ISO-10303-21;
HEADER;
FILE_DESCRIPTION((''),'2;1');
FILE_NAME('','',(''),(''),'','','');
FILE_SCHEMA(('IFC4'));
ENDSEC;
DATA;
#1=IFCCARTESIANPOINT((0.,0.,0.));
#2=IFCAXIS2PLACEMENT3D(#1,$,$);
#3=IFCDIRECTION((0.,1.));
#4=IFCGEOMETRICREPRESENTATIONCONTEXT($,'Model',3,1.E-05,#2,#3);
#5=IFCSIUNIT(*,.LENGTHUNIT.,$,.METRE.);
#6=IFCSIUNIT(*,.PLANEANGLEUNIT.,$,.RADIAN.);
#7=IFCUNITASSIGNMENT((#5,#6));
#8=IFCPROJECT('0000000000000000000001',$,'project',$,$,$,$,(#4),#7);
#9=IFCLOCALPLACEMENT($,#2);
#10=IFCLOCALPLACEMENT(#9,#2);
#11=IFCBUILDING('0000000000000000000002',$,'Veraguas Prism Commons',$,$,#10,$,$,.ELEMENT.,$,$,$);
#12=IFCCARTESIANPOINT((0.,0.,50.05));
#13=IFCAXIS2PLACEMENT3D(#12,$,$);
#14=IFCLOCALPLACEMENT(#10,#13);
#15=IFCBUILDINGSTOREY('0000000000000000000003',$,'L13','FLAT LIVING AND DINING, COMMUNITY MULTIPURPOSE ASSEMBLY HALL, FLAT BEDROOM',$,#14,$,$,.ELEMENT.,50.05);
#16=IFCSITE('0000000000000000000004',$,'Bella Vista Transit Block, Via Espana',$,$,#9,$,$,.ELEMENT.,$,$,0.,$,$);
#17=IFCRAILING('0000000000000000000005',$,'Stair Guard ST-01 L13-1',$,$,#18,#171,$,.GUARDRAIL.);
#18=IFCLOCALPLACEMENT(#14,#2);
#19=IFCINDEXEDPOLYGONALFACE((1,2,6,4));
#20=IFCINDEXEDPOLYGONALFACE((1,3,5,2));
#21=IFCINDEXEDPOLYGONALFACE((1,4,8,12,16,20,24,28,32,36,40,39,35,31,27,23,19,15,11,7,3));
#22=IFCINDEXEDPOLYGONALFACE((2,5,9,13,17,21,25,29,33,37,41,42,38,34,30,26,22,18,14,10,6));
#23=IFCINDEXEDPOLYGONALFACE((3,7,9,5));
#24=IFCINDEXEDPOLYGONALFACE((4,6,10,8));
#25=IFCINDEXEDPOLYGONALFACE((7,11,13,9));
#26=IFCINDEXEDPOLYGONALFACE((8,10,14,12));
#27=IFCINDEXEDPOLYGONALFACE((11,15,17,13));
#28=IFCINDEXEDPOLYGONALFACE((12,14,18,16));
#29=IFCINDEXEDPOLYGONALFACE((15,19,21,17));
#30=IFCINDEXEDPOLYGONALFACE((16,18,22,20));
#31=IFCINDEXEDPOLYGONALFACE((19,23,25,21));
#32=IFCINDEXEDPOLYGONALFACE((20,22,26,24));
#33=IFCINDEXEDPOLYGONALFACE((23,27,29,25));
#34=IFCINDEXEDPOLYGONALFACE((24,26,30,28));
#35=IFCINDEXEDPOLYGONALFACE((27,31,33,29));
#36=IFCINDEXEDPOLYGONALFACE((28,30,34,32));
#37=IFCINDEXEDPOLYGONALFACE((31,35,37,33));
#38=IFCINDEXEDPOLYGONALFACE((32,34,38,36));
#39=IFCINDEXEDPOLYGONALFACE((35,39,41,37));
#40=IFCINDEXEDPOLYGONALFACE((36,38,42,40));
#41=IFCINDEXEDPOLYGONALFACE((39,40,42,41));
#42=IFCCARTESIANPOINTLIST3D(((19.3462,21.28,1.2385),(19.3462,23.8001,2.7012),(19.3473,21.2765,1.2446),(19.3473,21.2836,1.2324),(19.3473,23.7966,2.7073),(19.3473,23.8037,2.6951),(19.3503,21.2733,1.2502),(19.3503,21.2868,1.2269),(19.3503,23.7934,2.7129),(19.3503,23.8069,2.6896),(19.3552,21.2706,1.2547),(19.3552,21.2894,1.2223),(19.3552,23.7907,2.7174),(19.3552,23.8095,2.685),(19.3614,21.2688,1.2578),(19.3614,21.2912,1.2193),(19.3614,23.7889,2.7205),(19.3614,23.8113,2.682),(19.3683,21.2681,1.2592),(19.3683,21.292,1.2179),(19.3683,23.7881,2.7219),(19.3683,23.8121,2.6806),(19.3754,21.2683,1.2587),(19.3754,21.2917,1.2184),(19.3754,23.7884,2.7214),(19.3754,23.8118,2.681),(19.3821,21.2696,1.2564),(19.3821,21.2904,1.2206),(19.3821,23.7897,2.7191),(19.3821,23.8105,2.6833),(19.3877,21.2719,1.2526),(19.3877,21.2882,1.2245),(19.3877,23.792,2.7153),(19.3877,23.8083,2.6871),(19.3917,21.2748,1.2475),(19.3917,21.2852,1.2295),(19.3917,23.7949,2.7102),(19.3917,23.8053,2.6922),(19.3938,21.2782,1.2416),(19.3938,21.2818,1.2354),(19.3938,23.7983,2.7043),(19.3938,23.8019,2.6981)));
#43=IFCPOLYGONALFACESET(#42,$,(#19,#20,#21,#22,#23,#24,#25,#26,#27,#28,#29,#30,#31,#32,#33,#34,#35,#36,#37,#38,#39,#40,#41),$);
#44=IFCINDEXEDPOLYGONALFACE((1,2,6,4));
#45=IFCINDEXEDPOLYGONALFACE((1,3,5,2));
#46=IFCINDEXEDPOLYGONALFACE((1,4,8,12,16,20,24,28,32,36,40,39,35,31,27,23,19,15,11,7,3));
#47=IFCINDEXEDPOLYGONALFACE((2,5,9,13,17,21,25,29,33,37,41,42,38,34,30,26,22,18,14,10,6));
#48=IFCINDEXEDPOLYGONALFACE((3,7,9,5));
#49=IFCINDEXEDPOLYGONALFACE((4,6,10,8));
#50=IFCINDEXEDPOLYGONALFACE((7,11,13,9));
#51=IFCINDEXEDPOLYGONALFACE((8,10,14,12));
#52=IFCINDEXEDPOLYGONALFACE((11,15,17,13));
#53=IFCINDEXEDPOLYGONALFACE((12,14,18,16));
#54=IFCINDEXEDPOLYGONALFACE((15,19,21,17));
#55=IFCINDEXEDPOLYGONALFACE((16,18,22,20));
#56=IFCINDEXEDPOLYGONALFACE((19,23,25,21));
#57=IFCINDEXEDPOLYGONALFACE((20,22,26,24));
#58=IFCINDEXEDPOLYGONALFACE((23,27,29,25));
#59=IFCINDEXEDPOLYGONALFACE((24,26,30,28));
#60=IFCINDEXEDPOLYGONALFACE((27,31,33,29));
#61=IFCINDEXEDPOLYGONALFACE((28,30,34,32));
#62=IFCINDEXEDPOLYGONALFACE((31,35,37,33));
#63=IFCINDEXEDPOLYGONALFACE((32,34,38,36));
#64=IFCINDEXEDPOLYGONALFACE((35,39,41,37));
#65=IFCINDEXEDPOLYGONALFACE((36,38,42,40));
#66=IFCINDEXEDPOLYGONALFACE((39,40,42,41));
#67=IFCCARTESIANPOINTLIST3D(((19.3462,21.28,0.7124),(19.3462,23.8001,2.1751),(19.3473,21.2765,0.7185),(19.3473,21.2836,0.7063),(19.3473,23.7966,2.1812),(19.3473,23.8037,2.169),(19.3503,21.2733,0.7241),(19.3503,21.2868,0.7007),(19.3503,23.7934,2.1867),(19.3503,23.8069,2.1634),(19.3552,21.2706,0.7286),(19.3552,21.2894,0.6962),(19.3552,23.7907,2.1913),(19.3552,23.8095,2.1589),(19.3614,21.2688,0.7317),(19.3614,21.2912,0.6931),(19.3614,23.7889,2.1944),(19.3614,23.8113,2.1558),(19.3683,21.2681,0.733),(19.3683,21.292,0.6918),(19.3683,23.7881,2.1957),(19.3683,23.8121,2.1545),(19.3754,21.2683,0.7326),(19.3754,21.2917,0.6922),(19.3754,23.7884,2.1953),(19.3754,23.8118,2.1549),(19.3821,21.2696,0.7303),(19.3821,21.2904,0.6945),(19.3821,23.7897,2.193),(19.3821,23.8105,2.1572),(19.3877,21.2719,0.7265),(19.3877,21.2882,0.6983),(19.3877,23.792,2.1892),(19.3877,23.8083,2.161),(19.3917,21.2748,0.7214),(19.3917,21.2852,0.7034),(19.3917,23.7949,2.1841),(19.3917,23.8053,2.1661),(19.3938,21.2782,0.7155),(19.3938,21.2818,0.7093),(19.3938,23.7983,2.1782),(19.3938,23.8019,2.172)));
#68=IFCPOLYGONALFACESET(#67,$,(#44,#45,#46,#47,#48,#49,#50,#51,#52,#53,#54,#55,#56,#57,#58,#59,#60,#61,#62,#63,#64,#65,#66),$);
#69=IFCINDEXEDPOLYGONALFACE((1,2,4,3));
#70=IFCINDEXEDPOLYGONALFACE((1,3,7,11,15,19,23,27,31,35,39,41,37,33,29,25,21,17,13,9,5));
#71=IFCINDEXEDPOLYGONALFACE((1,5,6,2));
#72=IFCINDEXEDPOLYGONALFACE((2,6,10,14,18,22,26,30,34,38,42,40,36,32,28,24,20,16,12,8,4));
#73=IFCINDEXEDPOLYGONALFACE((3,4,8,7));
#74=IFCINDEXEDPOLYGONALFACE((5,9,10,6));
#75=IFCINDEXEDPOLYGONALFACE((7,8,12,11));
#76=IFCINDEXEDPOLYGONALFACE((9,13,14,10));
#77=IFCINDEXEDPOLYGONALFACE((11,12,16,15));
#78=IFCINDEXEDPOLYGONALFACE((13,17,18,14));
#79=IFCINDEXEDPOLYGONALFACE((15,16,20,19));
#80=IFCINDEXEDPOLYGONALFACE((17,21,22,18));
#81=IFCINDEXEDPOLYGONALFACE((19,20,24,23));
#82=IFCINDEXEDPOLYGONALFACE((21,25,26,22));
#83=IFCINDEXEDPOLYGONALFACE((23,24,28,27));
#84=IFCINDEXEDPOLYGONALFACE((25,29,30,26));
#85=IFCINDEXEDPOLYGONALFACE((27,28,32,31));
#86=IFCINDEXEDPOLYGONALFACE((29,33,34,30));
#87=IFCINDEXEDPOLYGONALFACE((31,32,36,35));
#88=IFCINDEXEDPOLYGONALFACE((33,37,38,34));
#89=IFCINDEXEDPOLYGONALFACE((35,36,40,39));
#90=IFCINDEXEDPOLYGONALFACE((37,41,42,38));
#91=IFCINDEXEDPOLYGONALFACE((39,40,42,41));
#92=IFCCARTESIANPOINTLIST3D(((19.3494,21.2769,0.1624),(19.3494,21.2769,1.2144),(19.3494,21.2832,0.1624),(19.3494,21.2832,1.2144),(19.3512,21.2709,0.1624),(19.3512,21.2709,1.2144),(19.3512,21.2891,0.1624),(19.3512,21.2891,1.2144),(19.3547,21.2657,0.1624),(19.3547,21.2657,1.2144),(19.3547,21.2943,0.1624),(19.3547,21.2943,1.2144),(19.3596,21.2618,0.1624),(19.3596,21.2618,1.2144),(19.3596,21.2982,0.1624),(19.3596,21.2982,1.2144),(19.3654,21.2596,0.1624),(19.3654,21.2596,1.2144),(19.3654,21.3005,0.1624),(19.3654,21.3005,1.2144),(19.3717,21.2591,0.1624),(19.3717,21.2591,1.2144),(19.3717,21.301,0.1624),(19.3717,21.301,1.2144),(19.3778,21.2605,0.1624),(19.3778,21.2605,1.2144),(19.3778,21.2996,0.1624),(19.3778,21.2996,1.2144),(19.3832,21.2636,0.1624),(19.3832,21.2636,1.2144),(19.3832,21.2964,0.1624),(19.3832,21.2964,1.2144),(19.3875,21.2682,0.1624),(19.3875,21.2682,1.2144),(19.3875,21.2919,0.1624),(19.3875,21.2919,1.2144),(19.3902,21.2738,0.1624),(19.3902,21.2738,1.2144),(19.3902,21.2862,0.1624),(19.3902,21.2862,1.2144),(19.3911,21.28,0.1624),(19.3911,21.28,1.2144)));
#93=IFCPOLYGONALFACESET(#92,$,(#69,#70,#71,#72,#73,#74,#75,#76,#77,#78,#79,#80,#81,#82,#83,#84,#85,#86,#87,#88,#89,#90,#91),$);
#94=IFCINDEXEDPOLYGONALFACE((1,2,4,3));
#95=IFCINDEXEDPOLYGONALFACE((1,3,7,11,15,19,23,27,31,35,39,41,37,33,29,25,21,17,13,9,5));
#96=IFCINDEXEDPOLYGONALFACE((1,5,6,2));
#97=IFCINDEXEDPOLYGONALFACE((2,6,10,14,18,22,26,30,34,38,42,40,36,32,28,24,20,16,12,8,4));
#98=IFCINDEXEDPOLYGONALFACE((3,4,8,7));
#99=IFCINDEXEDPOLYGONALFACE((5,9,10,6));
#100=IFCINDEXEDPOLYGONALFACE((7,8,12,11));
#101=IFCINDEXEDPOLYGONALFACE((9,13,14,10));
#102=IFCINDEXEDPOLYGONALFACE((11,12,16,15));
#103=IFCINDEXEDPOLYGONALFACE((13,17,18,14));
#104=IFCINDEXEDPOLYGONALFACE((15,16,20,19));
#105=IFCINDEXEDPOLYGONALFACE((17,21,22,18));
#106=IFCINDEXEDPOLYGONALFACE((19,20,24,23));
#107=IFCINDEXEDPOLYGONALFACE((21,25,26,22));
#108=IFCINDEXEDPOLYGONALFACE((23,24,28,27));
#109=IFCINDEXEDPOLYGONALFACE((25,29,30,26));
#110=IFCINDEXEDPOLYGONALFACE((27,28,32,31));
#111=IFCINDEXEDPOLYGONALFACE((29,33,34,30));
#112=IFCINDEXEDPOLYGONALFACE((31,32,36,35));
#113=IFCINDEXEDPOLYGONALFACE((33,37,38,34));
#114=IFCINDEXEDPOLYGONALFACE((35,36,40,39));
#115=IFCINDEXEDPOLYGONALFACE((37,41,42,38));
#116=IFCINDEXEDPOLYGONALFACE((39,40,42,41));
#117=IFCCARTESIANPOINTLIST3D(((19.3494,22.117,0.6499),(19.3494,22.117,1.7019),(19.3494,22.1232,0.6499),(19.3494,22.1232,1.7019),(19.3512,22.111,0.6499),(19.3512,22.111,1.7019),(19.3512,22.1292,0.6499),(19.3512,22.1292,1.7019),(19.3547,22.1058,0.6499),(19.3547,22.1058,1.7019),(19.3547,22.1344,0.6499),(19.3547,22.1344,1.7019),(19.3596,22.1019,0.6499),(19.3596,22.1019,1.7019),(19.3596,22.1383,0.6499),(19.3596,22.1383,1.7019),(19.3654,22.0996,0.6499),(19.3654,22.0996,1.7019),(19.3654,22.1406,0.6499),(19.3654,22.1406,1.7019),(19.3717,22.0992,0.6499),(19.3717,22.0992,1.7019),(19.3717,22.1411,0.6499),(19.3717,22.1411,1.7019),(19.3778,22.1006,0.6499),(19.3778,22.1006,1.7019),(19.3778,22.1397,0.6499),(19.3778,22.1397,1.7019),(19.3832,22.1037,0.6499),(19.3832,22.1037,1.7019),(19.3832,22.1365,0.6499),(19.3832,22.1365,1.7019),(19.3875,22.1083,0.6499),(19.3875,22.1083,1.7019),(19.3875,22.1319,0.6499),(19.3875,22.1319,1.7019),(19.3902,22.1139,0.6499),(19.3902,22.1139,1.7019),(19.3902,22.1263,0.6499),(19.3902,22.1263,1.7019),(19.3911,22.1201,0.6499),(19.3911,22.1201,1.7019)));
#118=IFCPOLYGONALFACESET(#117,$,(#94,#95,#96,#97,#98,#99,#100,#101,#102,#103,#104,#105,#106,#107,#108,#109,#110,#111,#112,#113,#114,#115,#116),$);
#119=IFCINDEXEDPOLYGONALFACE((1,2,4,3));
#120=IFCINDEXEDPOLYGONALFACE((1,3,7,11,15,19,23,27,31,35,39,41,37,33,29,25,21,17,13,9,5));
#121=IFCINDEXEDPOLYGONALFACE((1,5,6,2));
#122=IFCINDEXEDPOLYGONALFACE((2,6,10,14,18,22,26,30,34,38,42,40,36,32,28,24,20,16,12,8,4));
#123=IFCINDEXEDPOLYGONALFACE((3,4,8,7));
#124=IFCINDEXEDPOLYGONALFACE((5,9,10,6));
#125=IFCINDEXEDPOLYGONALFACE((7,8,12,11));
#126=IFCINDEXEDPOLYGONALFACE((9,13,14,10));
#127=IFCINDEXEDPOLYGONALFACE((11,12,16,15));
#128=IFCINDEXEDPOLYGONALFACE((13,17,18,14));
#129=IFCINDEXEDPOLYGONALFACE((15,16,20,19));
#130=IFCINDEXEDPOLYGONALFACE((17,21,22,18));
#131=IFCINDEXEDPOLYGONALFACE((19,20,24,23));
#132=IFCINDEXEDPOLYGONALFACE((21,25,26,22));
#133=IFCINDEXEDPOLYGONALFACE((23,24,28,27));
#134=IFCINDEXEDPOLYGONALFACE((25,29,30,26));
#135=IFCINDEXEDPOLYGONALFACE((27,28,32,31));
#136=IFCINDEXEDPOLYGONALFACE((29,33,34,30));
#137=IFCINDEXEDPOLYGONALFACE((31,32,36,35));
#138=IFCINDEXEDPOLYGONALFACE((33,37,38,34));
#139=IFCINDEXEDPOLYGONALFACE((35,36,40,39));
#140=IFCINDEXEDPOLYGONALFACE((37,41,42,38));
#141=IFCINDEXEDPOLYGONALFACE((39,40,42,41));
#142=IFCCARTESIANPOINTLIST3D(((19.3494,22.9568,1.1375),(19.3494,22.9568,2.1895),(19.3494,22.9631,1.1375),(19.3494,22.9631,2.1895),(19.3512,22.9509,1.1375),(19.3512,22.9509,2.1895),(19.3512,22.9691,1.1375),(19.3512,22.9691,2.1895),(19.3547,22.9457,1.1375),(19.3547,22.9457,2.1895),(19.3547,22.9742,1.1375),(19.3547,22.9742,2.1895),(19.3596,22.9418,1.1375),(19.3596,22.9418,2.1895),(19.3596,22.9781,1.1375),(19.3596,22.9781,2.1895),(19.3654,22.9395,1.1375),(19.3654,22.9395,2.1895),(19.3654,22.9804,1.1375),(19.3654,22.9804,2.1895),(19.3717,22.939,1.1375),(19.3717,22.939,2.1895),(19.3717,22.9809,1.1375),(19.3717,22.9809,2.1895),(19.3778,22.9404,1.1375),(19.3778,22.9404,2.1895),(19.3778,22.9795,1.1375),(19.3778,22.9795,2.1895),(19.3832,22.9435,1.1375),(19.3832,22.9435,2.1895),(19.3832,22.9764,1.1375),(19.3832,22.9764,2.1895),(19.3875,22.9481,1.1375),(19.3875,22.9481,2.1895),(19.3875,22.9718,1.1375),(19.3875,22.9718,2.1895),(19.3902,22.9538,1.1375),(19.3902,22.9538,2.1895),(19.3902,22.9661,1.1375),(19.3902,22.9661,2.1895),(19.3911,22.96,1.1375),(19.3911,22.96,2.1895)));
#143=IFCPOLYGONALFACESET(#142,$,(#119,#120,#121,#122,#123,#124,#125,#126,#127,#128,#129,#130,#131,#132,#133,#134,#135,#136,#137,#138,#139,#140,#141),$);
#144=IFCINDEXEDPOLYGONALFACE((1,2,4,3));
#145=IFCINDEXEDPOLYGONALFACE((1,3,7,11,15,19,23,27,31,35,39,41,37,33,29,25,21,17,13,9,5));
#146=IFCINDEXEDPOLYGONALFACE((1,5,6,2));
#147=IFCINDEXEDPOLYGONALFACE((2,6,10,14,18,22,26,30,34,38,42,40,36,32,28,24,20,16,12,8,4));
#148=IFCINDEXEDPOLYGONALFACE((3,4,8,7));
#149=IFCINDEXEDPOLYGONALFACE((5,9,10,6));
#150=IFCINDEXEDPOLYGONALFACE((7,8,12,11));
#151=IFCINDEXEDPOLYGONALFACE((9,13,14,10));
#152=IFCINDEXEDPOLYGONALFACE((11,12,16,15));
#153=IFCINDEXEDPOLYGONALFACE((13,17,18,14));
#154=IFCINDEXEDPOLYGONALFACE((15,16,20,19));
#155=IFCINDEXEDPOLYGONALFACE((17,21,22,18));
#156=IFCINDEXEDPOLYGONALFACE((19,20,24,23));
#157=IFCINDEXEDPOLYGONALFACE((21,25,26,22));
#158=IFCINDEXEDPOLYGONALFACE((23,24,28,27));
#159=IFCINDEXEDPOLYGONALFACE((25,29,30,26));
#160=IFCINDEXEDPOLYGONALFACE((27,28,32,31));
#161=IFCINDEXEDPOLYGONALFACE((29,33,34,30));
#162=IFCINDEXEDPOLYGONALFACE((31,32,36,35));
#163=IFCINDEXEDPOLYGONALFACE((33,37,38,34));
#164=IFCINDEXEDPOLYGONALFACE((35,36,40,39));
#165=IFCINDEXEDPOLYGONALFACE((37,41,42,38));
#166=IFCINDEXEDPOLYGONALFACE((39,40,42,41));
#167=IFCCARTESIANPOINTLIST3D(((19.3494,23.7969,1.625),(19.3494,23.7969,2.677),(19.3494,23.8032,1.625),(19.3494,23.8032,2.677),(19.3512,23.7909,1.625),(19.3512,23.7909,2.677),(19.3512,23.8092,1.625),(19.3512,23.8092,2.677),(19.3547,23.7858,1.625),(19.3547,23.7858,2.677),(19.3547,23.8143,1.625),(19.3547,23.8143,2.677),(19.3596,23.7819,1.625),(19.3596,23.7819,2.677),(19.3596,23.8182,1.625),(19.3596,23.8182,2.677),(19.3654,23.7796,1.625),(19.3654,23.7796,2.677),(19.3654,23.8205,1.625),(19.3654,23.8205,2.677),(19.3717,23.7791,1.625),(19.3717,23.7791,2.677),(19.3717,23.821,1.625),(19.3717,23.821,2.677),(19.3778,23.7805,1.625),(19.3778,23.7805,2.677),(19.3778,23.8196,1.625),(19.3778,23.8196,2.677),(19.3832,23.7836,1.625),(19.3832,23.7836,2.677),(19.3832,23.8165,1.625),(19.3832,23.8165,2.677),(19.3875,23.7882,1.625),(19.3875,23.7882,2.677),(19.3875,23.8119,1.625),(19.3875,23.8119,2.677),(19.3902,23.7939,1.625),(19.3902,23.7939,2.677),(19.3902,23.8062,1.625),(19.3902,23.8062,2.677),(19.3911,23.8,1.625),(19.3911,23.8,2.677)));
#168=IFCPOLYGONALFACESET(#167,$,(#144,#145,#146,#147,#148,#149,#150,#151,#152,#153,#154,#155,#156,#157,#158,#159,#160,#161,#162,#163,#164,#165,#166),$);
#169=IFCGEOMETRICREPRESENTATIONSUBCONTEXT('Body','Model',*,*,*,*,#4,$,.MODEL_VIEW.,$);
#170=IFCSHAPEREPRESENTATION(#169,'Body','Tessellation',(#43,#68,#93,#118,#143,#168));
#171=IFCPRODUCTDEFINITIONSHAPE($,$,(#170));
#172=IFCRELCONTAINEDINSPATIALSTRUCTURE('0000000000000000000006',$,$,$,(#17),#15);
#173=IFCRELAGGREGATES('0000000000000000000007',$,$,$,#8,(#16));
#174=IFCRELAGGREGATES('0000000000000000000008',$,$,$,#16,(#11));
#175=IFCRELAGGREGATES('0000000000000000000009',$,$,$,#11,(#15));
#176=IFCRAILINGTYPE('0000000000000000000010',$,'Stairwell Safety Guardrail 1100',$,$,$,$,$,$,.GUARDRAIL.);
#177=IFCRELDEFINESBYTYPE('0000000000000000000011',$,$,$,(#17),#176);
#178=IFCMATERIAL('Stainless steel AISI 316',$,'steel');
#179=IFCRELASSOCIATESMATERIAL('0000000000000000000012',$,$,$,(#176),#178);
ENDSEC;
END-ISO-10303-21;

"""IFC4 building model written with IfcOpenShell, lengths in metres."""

from ifc_helpers import new_model, si_unit, direction, frame, origin, origin_2d, place, context, subcontext, project, spatial, circle, extrude, material, type_object, element, save


model = new_model("IFC4")

# Units and contexts
model_context = context("Model", 3, precision=1e-05, world=origin(), true_north=direction((0.0, 1.0)))
body_context = subcontext(model_context, "Body", "Model", "MODEL_VIEW")
ifc_project = project(units=[si_unit("LENGTHUNIT", "METRE"), si_unit("PLANEANGLEUNIT", "RADIAN")], contexts=[model_context])

# Site, building, storey
site_placement = place(None, origin())
site = spatial("IfcSite", under=ifc_project, at=site_placement, Name="Bella Vista Transit Block, Via Espana", CompositionType="ELEMENT", RefElevation=0.0)
building_placement = place(site_placement, origin())
building = spatial("IfcBuilding", under=site, at=building_placement, Name="Veraguas Prism Commons", CompositionType="ELEMENT")
storey_placement = place(building_placement, frame((0.0, 0.0, 50.05)))
storey = spatial("IfcBuildingStorey", under=building, at=storey_placement, Name="L13", Description="FLAT LIVING AND DINING, COMMUNITY MULTIPURPOSE ASSEMBLY HALL, FLAT BEDROOM", CompositionType="ELEMENT", Elevation=50.05)

# Railing
ifc_material_1 = material(Name="Stainless steel AISI 316", Category="steel")
railing_type_1 = type_object("IfcRailingType", Name="Stairwell Safety Guardrail 1100", PredefinedType="GUARDRAIL", material=ifc_material_1)
railing_1_placement = place(storey_placement, frame((19.3701, 21.28, 0.1624)))
element("IfcRailing", 1, at=railing_1_placement, inside=storey, type_object=railing_type_1, Name="Stair Guard ST-01 L13-1", PredefinedType="GUARDRAIL", context=body_context, shape_type="SweptSolid", body=[
    extrude(circle(Radius=0.0239, at=origin_2d()), frame((0.0, 0.0, 1.0762), z_axis=(0.0, 0.864877, 0.501984), x_axis=(-1.0, 0.0, 0.0)), (0.0, 0.0, 1.0), 2.9138),
    extrude(circle(Radius=0.0239, at=origin_2d()), frame((0.0, 0.0, 0.55), z_axis=(0.0, 0.864877, 0.501984), x_axis=(-1.0, 0.0, 0.0)), (0.0, 0.0, 1.0), 2.9138),
    extrude(circle(Radius=0.021, at=origin_2d()), origin(), (0.0, 0.0, 1.0), 1.052),
    extrude(circle(Radius=0.021, at=origin_2d()), frame((0.0, 0.8401, 0.4875)), (0.0, 0.0, 1.0), 1.052),
    extrude(circle(Radius=0.021, at=origin_2d()), frame((0.0, 1.6799, 0.9751)), (0.0, 0.0, 1.0), 1.052),
    extrude(circle(Radius=0.021, at=origin_2d()), frame((0.0, 2.52, 1.4626)), (0.0, 0.0, 1.0), 1.052),
])

save(model, "model.ifc")
